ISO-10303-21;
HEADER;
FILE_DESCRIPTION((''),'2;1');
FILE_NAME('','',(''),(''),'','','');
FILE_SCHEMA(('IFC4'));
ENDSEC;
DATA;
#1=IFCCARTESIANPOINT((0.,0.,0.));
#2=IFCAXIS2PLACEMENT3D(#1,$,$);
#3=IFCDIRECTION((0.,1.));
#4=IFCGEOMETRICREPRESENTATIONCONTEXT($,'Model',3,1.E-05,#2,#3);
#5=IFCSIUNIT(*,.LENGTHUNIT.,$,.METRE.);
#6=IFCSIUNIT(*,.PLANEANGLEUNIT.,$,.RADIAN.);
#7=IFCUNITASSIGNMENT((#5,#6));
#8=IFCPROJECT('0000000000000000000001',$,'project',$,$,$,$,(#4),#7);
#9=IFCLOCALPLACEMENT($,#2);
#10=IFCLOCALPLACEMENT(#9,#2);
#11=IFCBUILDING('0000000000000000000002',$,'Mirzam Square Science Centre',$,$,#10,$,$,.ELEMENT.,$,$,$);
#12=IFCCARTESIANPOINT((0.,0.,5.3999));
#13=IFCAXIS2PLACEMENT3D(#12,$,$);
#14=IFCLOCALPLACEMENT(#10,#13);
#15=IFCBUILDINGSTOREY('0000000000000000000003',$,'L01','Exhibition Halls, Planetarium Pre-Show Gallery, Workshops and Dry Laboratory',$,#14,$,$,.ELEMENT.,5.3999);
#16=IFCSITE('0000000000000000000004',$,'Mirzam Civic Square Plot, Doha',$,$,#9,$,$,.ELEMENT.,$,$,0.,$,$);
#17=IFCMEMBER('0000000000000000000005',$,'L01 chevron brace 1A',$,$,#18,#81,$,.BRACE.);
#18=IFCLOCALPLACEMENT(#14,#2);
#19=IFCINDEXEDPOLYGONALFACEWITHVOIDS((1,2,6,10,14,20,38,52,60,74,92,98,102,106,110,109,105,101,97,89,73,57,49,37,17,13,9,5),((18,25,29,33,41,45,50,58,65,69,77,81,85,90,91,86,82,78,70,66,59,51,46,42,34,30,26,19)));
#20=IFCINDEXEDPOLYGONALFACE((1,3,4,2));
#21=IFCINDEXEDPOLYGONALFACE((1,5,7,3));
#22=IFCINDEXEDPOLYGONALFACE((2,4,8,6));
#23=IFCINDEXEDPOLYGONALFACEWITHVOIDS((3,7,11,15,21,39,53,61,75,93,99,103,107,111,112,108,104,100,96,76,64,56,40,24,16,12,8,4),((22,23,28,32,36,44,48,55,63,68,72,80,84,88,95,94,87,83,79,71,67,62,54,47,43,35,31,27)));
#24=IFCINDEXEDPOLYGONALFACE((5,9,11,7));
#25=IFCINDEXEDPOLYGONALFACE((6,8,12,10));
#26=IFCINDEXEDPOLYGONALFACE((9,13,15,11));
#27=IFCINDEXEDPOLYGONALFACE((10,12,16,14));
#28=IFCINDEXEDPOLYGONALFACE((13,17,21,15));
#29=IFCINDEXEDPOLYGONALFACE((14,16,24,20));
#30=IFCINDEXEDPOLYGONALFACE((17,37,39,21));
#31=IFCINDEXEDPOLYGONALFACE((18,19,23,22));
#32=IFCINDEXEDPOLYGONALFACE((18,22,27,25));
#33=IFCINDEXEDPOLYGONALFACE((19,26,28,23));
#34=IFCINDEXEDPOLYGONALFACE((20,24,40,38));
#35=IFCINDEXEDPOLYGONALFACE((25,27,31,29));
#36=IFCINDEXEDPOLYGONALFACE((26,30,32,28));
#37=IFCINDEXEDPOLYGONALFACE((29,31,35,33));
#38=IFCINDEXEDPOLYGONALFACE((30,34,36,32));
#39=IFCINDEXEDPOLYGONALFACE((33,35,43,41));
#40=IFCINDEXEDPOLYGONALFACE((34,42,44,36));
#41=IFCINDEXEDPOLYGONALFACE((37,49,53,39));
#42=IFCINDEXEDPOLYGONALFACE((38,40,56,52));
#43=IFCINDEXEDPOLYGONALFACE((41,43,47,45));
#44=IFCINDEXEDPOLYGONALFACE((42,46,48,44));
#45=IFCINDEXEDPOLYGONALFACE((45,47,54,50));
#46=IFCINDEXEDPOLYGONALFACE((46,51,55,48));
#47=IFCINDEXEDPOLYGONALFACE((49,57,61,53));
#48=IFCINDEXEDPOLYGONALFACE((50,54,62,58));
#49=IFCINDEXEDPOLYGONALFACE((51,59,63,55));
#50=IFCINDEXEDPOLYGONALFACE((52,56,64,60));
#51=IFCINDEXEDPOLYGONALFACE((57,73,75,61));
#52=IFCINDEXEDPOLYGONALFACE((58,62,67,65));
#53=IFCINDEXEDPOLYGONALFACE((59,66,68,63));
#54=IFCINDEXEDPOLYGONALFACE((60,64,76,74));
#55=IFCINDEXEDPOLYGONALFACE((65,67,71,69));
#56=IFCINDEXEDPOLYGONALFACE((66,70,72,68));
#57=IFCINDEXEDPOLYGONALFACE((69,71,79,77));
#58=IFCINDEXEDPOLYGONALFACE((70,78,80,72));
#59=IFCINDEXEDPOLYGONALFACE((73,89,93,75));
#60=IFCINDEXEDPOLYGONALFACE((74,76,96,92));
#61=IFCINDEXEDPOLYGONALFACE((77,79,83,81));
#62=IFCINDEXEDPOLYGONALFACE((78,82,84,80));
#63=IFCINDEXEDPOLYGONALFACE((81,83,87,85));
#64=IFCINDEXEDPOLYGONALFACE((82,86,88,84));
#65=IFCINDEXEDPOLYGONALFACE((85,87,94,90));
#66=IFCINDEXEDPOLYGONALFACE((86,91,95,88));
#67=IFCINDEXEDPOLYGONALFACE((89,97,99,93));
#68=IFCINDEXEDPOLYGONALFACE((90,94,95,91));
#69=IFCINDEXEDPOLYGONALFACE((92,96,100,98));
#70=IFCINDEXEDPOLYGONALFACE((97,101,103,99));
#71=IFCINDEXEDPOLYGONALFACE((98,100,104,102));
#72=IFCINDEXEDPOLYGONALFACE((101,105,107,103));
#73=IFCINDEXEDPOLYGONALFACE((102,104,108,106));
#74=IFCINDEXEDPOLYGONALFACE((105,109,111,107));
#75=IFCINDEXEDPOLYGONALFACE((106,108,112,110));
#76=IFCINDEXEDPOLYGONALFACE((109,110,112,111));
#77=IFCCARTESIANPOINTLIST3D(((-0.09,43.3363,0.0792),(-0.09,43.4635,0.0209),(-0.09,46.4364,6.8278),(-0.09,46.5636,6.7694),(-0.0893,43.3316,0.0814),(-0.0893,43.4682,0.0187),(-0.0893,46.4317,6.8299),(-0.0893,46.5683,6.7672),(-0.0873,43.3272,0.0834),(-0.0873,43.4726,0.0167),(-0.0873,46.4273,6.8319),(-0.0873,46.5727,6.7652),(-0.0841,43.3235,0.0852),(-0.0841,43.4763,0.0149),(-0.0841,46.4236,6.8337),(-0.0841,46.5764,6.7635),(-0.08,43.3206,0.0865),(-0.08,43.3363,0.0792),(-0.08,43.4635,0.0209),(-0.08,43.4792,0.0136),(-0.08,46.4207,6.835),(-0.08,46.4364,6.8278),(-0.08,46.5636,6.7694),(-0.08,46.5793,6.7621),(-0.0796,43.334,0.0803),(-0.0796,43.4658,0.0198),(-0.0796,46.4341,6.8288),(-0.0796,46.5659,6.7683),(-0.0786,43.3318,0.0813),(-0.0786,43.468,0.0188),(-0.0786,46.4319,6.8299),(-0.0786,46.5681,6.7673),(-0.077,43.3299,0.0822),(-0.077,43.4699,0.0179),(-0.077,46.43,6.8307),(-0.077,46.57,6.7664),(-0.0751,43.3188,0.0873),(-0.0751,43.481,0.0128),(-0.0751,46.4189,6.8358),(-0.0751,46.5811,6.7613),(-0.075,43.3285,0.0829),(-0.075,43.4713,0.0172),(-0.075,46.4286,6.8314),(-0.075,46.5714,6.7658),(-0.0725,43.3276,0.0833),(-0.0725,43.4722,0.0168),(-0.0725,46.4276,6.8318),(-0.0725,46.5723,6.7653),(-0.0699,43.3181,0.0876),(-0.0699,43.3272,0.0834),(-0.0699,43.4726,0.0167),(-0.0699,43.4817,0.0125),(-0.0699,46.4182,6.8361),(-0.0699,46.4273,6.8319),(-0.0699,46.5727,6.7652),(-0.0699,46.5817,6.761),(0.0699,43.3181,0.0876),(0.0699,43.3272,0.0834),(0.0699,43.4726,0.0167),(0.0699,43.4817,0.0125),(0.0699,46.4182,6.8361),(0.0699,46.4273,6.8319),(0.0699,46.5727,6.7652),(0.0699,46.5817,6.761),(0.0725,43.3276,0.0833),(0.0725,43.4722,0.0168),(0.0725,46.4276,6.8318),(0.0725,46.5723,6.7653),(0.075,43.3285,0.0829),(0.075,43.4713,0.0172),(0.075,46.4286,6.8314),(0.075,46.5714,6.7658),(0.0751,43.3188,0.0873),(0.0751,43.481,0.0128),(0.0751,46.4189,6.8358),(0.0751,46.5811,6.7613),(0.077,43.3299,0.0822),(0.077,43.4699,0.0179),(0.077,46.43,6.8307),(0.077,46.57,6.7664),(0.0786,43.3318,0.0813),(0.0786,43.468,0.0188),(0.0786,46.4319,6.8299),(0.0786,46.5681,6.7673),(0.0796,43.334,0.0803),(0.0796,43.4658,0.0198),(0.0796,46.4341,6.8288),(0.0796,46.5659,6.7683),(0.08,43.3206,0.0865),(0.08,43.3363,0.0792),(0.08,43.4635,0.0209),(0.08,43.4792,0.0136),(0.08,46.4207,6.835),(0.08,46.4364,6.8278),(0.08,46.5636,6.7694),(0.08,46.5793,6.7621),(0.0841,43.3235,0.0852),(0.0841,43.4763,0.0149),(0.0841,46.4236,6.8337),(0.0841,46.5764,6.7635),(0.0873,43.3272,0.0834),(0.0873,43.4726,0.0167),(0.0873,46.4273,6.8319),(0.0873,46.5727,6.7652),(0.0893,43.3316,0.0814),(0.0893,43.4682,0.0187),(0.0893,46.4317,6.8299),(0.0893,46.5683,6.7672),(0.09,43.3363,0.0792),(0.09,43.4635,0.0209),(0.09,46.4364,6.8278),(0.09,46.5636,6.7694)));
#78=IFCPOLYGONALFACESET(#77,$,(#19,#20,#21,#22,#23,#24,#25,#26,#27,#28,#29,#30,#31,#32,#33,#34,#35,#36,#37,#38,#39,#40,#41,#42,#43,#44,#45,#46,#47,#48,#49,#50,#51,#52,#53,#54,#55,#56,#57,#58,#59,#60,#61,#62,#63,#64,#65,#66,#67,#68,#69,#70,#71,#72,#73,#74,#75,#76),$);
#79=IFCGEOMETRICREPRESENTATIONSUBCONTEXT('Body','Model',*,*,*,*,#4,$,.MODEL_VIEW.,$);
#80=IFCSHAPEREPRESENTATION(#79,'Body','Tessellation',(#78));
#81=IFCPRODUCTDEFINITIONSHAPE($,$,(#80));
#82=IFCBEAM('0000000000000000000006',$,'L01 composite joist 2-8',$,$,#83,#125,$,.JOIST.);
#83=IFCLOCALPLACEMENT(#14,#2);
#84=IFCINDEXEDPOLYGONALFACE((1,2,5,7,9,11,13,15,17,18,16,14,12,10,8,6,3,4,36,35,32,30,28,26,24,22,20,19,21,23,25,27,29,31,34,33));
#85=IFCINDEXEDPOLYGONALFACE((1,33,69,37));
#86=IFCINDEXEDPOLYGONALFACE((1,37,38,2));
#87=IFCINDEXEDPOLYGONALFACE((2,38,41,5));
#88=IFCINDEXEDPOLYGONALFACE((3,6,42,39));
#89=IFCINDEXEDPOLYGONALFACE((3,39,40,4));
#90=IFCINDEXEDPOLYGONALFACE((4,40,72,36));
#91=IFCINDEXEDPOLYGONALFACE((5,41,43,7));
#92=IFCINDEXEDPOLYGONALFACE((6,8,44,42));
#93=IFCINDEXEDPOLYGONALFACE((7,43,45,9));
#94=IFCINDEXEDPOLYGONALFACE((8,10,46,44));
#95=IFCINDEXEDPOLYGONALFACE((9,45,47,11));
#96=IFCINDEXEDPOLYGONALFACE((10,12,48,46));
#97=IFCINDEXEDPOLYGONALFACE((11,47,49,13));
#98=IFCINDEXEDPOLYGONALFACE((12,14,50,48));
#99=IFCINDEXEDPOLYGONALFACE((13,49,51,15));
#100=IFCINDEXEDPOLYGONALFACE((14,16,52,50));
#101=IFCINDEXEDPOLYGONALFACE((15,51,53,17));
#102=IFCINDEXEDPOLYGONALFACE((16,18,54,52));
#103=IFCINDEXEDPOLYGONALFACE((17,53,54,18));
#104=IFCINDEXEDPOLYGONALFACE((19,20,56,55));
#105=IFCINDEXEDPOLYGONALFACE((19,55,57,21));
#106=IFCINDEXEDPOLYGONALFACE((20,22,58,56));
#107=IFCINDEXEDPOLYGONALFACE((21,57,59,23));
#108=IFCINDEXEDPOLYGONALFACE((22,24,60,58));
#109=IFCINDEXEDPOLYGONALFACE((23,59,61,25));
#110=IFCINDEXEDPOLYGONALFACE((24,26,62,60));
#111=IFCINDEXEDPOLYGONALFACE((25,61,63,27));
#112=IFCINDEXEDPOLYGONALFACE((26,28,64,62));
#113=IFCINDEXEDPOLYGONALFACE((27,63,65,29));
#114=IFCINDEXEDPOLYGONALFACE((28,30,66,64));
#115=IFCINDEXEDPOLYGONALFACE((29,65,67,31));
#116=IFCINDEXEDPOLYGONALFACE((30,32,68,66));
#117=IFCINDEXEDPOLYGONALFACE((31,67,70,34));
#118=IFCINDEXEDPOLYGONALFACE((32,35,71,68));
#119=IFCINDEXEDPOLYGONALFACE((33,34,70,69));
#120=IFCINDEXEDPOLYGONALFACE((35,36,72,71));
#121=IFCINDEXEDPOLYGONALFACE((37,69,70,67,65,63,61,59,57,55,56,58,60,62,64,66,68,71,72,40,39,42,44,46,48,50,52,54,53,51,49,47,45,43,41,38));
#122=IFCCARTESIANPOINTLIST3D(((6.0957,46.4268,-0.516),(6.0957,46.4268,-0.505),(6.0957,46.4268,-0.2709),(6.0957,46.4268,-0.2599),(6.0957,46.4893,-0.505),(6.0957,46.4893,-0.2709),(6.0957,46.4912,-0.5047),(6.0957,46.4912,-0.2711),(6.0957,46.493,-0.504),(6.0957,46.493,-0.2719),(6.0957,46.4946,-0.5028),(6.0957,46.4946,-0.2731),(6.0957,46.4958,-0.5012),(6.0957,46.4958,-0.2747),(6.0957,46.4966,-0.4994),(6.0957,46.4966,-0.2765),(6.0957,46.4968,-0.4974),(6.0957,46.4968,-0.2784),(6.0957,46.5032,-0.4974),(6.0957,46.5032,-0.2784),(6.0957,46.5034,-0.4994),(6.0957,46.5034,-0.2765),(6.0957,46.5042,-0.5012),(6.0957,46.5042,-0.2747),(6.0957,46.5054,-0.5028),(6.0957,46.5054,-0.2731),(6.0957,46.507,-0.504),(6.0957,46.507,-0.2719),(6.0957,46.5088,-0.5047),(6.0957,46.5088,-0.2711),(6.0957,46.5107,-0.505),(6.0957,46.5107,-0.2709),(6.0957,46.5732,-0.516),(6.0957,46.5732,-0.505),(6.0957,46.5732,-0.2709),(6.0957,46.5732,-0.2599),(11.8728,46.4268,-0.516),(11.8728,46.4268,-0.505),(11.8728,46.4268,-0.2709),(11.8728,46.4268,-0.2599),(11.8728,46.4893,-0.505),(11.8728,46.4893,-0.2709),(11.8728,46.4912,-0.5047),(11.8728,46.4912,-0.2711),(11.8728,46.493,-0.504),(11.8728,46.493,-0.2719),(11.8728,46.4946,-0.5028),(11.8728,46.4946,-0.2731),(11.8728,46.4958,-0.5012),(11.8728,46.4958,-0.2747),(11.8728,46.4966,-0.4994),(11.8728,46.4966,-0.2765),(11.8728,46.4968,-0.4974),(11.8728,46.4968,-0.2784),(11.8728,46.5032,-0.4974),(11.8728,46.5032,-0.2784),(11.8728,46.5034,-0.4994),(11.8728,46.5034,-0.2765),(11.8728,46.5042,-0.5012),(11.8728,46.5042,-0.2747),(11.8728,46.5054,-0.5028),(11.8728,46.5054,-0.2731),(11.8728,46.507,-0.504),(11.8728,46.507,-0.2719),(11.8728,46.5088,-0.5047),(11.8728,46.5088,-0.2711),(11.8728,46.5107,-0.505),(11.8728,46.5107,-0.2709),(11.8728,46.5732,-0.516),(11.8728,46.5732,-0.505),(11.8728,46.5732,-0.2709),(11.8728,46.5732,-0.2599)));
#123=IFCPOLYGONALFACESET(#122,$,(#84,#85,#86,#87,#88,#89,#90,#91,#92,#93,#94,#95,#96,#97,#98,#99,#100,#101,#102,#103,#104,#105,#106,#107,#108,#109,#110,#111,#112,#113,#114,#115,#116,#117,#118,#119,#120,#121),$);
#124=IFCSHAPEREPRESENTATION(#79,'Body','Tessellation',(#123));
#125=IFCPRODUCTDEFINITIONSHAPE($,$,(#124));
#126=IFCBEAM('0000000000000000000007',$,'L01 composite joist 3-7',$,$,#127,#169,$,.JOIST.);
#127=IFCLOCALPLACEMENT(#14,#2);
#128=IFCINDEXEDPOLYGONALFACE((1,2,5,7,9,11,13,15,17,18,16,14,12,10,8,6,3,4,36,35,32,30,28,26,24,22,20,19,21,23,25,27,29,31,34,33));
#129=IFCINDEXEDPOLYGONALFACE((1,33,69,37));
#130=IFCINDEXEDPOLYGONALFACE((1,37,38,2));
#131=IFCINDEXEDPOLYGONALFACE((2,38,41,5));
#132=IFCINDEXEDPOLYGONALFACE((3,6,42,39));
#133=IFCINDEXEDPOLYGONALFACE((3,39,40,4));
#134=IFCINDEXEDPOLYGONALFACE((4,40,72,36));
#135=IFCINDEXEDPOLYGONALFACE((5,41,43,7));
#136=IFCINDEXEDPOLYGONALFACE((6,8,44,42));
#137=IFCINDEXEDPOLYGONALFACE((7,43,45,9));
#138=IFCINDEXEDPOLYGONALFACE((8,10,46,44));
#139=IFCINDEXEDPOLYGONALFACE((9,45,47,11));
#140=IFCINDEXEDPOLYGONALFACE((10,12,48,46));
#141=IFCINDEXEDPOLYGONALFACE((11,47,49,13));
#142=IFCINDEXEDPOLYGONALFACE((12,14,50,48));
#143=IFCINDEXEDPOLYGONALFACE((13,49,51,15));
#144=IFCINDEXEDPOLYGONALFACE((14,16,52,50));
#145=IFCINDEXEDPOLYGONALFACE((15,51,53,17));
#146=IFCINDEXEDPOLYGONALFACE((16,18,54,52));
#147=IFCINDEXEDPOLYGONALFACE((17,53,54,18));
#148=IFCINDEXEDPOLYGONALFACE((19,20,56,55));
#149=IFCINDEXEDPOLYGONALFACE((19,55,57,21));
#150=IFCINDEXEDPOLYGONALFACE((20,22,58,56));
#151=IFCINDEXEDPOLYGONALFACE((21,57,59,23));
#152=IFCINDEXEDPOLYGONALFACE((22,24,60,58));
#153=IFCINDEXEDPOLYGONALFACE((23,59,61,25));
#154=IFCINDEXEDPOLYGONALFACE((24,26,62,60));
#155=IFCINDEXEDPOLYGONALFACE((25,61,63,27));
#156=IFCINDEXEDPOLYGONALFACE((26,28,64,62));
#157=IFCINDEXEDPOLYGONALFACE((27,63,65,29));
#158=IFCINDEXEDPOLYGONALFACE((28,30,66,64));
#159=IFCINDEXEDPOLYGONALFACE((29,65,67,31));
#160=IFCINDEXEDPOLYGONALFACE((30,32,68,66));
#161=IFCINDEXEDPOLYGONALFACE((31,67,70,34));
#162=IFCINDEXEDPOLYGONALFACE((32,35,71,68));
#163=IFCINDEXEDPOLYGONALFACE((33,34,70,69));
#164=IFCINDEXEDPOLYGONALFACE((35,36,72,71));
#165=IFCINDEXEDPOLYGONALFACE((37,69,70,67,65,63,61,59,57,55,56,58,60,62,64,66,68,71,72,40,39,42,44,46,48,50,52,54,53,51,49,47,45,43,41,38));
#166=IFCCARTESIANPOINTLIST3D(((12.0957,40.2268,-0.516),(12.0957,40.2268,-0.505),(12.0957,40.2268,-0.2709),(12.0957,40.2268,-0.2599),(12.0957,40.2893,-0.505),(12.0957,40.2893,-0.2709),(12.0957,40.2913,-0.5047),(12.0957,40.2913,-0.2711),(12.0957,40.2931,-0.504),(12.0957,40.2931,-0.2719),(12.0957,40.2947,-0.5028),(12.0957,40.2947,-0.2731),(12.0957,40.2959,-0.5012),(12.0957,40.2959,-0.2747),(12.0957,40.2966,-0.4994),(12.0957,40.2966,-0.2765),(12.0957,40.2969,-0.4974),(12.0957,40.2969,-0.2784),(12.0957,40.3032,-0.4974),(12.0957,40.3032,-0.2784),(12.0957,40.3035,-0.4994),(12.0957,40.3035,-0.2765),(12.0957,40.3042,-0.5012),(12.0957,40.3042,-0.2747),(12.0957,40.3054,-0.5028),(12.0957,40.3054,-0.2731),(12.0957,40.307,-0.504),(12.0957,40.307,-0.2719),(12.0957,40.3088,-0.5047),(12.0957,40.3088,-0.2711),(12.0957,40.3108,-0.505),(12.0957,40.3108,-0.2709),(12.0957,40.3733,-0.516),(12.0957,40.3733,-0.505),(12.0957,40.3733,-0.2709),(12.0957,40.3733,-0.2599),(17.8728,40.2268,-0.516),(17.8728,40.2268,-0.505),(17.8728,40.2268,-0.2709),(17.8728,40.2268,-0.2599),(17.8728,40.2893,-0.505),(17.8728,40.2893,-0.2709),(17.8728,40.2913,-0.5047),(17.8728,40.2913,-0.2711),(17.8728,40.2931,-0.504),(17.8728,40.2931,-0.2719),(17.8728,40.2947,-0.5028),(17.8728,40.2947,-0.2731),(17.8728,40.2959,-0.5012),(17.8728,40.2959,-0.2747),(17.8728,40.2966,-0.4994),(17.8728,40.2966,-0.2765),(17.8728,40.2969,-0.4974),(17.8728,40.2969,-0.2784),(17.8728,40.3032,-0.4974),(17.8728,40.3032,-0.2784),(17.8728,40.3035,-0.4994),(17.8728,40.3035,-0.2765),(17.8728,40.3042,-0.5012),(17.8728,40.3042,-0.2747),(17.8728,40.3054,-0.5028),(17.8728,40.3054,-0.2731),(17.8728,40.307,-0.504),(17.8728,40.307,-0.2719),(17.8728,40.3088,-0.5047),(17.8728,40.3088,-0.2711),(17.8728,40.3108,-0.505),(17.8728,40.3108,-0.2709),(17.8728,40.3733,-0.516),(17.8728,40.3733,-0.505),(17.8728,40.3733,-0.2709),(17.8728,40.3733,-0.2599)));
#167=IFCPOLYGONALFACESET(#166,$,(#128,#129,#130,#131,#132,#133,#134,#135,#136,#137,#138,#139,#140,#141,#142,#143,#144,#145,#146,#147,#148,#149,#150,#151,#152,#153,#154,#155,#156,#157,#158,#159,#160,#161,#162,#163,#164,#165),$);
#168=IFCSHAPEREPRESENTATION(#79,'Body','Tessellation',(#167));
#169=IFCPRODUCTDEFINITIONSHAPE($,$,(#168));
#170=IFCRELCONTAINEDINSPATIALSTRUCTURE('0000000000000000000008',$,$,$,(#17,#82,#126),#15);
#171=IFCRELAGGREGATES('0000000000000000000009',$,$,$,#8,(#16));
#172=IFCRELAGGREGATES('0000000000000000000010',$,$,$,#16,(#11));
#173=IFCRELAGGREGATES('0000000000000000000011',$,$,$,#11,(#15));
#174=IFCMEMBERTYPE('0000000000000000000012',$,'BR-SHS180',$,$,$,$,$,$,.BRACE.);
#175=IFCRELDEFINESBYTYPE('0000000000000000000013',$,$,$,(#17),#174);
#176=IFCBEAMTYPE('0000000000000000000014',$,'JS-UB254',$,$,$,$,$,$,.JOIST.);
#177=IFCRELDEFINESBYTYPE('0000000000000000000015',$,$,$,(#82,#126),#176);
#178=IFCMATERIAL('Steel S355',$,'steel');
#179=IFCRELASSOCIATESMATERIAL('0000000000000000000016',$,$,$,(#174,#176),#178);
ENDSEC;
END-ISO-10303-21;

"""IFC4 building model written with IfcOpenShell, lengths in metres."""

from ifc_helpers import new_model, si_unit, direction, frame, origin, origin_2d, place, context, subcontext, project, spatial, hollow_rectangle, i_section, extrude, material, material_profile, profile_set, type_object, element, save


model = new_model("IFC4")

# Units and contexts
model_context = context("Model", 3, precision=1e-05, world=origin(), true_north=direction((0.0, 1.0)))
body_context = subcontext(model_context, "Body", "Model", "MODEL_VIEW")
ifc_project = project(units=[si_unit("LENGTHUNIT", "METRE"), si_unit("PLANEANGLEUNIT", "RADIAN")], contexts=[model_context])

# Site, building, storey
site_placement = place(None, origin())
site = spatial("IfcSite", under=ifc_project, at=site_placement, Name="Mirzam Civic Square Plot, Doha", CompositionType="ELEMENT", RefElevation=0.0)
building_placement = place(site_placement, origin())
building = spatial("IfcBuilding", under=site, at=building_placement, Name="Mirzam Square Science Centre", CompositionType="ELEMENT")
storey_placement = place(building_placement, frame((0.0, 0.0, 5.3999)))
storey = spatial("IfcBuildingStorey", under=building, at=storey_placement, Name="L01", Description="Exhibition Halls, Planetarium Pre-Show Gallery, Workshops and Dry Laboratory", CompositionType="ELEMENT", Elevation=5.3999)

# Shared definitions
ifc_material_1 = material(Name="Steel S355", Category="steel")

# Member
ifc_material_profile_1 = material_profile(ifc_material_1, hollow_rectangle(XDim=0.1799, YDim=0.1799, WallThickness=0.01, InnerFilletRadius=0.01, OuterFilletRadius=0.02, at=origin_2d()), Name="180x180x10.0SHS")
ifc_profile_set_1 = profile_set([ifc_material_profile_1], Name="Steel S355")
member_type = type_object("IfcMemberType", Name="BR-SHS180", PredefinedType="BRACE", material=ifc_profile_set_1)
member_placement = place(storey_placement, frame((0.0, 43.3999, 0.05), z_axis=(0.0, 0.417436, 0.908707), x_axis=(-1.0, 0.0, 0.0)))
element("IfcMember", 1, at=member_placement, inside=storey, type_object=member_type, Name="L01 chevron brace 1A", PredefinedType="BRACE", context=body_context, shape_type="SweptSolid", body=[
    extrude(hollow_rectangle(XDim=0.1799, YDim=0.1799, WallThickness=0.01, InnerFilletRadius=0.01, OuterFilletRadius=0.02, at=origin_2d()), origin(), (0.0, 0.0, 1.0), 7.4265),
])

# Beams
ifc_material_profile_2 = material_profile(ifc_material_1, i_section(OverallWidth=0.1465, OverallDepth=0.2561, WebThickness=0.0063, FlangeThickness=0.011, FilletRadius=0.0076, at=origin_2d()), Name="254x146x37UB")
ifc_profile_set_2 = profile_set([ifc_material_profile_2], Name="Steel S355")
beam_type_1 = type_object("IfcBeamType", Name="JS-UB254", PredefinedType="JOIST", material=ifc_profile_set_2)
for number, where, z_axis, x_axis, name in (
    (2, (6.0957, 46.5, -0.3879), (1.0, 0.0, 0.0), (0.0, 1.0, 0.0), "L01 composite joist 2-8"),
    (3, (12.0957, 40.3, -0.3879), (1.0, 0.0, 0.0), (0.0, 1.0, 0.0), "L01 composite joist 3-7"),
):
    element("IfcBeam", number, at=place(storey_placement, frame(where, z_axis=z_axis, x_axis=x_axis)), inside=storey, type_object=beam_type_1, Name=name, PredefinedType="JOIST", context=body_context, shape_type="SweptSolid", body=[
        extrude(i_section(OverallWidth=0.1465, OverallDepth=0.2561, WebThickness=0.0063, FlangeThickness=0.011, FilletRadius=0.0076, at=origin_2d()), origin(), (0.0, 0.0, 1.0), 5.7771),
    ])

save(model, "model.ifc")
